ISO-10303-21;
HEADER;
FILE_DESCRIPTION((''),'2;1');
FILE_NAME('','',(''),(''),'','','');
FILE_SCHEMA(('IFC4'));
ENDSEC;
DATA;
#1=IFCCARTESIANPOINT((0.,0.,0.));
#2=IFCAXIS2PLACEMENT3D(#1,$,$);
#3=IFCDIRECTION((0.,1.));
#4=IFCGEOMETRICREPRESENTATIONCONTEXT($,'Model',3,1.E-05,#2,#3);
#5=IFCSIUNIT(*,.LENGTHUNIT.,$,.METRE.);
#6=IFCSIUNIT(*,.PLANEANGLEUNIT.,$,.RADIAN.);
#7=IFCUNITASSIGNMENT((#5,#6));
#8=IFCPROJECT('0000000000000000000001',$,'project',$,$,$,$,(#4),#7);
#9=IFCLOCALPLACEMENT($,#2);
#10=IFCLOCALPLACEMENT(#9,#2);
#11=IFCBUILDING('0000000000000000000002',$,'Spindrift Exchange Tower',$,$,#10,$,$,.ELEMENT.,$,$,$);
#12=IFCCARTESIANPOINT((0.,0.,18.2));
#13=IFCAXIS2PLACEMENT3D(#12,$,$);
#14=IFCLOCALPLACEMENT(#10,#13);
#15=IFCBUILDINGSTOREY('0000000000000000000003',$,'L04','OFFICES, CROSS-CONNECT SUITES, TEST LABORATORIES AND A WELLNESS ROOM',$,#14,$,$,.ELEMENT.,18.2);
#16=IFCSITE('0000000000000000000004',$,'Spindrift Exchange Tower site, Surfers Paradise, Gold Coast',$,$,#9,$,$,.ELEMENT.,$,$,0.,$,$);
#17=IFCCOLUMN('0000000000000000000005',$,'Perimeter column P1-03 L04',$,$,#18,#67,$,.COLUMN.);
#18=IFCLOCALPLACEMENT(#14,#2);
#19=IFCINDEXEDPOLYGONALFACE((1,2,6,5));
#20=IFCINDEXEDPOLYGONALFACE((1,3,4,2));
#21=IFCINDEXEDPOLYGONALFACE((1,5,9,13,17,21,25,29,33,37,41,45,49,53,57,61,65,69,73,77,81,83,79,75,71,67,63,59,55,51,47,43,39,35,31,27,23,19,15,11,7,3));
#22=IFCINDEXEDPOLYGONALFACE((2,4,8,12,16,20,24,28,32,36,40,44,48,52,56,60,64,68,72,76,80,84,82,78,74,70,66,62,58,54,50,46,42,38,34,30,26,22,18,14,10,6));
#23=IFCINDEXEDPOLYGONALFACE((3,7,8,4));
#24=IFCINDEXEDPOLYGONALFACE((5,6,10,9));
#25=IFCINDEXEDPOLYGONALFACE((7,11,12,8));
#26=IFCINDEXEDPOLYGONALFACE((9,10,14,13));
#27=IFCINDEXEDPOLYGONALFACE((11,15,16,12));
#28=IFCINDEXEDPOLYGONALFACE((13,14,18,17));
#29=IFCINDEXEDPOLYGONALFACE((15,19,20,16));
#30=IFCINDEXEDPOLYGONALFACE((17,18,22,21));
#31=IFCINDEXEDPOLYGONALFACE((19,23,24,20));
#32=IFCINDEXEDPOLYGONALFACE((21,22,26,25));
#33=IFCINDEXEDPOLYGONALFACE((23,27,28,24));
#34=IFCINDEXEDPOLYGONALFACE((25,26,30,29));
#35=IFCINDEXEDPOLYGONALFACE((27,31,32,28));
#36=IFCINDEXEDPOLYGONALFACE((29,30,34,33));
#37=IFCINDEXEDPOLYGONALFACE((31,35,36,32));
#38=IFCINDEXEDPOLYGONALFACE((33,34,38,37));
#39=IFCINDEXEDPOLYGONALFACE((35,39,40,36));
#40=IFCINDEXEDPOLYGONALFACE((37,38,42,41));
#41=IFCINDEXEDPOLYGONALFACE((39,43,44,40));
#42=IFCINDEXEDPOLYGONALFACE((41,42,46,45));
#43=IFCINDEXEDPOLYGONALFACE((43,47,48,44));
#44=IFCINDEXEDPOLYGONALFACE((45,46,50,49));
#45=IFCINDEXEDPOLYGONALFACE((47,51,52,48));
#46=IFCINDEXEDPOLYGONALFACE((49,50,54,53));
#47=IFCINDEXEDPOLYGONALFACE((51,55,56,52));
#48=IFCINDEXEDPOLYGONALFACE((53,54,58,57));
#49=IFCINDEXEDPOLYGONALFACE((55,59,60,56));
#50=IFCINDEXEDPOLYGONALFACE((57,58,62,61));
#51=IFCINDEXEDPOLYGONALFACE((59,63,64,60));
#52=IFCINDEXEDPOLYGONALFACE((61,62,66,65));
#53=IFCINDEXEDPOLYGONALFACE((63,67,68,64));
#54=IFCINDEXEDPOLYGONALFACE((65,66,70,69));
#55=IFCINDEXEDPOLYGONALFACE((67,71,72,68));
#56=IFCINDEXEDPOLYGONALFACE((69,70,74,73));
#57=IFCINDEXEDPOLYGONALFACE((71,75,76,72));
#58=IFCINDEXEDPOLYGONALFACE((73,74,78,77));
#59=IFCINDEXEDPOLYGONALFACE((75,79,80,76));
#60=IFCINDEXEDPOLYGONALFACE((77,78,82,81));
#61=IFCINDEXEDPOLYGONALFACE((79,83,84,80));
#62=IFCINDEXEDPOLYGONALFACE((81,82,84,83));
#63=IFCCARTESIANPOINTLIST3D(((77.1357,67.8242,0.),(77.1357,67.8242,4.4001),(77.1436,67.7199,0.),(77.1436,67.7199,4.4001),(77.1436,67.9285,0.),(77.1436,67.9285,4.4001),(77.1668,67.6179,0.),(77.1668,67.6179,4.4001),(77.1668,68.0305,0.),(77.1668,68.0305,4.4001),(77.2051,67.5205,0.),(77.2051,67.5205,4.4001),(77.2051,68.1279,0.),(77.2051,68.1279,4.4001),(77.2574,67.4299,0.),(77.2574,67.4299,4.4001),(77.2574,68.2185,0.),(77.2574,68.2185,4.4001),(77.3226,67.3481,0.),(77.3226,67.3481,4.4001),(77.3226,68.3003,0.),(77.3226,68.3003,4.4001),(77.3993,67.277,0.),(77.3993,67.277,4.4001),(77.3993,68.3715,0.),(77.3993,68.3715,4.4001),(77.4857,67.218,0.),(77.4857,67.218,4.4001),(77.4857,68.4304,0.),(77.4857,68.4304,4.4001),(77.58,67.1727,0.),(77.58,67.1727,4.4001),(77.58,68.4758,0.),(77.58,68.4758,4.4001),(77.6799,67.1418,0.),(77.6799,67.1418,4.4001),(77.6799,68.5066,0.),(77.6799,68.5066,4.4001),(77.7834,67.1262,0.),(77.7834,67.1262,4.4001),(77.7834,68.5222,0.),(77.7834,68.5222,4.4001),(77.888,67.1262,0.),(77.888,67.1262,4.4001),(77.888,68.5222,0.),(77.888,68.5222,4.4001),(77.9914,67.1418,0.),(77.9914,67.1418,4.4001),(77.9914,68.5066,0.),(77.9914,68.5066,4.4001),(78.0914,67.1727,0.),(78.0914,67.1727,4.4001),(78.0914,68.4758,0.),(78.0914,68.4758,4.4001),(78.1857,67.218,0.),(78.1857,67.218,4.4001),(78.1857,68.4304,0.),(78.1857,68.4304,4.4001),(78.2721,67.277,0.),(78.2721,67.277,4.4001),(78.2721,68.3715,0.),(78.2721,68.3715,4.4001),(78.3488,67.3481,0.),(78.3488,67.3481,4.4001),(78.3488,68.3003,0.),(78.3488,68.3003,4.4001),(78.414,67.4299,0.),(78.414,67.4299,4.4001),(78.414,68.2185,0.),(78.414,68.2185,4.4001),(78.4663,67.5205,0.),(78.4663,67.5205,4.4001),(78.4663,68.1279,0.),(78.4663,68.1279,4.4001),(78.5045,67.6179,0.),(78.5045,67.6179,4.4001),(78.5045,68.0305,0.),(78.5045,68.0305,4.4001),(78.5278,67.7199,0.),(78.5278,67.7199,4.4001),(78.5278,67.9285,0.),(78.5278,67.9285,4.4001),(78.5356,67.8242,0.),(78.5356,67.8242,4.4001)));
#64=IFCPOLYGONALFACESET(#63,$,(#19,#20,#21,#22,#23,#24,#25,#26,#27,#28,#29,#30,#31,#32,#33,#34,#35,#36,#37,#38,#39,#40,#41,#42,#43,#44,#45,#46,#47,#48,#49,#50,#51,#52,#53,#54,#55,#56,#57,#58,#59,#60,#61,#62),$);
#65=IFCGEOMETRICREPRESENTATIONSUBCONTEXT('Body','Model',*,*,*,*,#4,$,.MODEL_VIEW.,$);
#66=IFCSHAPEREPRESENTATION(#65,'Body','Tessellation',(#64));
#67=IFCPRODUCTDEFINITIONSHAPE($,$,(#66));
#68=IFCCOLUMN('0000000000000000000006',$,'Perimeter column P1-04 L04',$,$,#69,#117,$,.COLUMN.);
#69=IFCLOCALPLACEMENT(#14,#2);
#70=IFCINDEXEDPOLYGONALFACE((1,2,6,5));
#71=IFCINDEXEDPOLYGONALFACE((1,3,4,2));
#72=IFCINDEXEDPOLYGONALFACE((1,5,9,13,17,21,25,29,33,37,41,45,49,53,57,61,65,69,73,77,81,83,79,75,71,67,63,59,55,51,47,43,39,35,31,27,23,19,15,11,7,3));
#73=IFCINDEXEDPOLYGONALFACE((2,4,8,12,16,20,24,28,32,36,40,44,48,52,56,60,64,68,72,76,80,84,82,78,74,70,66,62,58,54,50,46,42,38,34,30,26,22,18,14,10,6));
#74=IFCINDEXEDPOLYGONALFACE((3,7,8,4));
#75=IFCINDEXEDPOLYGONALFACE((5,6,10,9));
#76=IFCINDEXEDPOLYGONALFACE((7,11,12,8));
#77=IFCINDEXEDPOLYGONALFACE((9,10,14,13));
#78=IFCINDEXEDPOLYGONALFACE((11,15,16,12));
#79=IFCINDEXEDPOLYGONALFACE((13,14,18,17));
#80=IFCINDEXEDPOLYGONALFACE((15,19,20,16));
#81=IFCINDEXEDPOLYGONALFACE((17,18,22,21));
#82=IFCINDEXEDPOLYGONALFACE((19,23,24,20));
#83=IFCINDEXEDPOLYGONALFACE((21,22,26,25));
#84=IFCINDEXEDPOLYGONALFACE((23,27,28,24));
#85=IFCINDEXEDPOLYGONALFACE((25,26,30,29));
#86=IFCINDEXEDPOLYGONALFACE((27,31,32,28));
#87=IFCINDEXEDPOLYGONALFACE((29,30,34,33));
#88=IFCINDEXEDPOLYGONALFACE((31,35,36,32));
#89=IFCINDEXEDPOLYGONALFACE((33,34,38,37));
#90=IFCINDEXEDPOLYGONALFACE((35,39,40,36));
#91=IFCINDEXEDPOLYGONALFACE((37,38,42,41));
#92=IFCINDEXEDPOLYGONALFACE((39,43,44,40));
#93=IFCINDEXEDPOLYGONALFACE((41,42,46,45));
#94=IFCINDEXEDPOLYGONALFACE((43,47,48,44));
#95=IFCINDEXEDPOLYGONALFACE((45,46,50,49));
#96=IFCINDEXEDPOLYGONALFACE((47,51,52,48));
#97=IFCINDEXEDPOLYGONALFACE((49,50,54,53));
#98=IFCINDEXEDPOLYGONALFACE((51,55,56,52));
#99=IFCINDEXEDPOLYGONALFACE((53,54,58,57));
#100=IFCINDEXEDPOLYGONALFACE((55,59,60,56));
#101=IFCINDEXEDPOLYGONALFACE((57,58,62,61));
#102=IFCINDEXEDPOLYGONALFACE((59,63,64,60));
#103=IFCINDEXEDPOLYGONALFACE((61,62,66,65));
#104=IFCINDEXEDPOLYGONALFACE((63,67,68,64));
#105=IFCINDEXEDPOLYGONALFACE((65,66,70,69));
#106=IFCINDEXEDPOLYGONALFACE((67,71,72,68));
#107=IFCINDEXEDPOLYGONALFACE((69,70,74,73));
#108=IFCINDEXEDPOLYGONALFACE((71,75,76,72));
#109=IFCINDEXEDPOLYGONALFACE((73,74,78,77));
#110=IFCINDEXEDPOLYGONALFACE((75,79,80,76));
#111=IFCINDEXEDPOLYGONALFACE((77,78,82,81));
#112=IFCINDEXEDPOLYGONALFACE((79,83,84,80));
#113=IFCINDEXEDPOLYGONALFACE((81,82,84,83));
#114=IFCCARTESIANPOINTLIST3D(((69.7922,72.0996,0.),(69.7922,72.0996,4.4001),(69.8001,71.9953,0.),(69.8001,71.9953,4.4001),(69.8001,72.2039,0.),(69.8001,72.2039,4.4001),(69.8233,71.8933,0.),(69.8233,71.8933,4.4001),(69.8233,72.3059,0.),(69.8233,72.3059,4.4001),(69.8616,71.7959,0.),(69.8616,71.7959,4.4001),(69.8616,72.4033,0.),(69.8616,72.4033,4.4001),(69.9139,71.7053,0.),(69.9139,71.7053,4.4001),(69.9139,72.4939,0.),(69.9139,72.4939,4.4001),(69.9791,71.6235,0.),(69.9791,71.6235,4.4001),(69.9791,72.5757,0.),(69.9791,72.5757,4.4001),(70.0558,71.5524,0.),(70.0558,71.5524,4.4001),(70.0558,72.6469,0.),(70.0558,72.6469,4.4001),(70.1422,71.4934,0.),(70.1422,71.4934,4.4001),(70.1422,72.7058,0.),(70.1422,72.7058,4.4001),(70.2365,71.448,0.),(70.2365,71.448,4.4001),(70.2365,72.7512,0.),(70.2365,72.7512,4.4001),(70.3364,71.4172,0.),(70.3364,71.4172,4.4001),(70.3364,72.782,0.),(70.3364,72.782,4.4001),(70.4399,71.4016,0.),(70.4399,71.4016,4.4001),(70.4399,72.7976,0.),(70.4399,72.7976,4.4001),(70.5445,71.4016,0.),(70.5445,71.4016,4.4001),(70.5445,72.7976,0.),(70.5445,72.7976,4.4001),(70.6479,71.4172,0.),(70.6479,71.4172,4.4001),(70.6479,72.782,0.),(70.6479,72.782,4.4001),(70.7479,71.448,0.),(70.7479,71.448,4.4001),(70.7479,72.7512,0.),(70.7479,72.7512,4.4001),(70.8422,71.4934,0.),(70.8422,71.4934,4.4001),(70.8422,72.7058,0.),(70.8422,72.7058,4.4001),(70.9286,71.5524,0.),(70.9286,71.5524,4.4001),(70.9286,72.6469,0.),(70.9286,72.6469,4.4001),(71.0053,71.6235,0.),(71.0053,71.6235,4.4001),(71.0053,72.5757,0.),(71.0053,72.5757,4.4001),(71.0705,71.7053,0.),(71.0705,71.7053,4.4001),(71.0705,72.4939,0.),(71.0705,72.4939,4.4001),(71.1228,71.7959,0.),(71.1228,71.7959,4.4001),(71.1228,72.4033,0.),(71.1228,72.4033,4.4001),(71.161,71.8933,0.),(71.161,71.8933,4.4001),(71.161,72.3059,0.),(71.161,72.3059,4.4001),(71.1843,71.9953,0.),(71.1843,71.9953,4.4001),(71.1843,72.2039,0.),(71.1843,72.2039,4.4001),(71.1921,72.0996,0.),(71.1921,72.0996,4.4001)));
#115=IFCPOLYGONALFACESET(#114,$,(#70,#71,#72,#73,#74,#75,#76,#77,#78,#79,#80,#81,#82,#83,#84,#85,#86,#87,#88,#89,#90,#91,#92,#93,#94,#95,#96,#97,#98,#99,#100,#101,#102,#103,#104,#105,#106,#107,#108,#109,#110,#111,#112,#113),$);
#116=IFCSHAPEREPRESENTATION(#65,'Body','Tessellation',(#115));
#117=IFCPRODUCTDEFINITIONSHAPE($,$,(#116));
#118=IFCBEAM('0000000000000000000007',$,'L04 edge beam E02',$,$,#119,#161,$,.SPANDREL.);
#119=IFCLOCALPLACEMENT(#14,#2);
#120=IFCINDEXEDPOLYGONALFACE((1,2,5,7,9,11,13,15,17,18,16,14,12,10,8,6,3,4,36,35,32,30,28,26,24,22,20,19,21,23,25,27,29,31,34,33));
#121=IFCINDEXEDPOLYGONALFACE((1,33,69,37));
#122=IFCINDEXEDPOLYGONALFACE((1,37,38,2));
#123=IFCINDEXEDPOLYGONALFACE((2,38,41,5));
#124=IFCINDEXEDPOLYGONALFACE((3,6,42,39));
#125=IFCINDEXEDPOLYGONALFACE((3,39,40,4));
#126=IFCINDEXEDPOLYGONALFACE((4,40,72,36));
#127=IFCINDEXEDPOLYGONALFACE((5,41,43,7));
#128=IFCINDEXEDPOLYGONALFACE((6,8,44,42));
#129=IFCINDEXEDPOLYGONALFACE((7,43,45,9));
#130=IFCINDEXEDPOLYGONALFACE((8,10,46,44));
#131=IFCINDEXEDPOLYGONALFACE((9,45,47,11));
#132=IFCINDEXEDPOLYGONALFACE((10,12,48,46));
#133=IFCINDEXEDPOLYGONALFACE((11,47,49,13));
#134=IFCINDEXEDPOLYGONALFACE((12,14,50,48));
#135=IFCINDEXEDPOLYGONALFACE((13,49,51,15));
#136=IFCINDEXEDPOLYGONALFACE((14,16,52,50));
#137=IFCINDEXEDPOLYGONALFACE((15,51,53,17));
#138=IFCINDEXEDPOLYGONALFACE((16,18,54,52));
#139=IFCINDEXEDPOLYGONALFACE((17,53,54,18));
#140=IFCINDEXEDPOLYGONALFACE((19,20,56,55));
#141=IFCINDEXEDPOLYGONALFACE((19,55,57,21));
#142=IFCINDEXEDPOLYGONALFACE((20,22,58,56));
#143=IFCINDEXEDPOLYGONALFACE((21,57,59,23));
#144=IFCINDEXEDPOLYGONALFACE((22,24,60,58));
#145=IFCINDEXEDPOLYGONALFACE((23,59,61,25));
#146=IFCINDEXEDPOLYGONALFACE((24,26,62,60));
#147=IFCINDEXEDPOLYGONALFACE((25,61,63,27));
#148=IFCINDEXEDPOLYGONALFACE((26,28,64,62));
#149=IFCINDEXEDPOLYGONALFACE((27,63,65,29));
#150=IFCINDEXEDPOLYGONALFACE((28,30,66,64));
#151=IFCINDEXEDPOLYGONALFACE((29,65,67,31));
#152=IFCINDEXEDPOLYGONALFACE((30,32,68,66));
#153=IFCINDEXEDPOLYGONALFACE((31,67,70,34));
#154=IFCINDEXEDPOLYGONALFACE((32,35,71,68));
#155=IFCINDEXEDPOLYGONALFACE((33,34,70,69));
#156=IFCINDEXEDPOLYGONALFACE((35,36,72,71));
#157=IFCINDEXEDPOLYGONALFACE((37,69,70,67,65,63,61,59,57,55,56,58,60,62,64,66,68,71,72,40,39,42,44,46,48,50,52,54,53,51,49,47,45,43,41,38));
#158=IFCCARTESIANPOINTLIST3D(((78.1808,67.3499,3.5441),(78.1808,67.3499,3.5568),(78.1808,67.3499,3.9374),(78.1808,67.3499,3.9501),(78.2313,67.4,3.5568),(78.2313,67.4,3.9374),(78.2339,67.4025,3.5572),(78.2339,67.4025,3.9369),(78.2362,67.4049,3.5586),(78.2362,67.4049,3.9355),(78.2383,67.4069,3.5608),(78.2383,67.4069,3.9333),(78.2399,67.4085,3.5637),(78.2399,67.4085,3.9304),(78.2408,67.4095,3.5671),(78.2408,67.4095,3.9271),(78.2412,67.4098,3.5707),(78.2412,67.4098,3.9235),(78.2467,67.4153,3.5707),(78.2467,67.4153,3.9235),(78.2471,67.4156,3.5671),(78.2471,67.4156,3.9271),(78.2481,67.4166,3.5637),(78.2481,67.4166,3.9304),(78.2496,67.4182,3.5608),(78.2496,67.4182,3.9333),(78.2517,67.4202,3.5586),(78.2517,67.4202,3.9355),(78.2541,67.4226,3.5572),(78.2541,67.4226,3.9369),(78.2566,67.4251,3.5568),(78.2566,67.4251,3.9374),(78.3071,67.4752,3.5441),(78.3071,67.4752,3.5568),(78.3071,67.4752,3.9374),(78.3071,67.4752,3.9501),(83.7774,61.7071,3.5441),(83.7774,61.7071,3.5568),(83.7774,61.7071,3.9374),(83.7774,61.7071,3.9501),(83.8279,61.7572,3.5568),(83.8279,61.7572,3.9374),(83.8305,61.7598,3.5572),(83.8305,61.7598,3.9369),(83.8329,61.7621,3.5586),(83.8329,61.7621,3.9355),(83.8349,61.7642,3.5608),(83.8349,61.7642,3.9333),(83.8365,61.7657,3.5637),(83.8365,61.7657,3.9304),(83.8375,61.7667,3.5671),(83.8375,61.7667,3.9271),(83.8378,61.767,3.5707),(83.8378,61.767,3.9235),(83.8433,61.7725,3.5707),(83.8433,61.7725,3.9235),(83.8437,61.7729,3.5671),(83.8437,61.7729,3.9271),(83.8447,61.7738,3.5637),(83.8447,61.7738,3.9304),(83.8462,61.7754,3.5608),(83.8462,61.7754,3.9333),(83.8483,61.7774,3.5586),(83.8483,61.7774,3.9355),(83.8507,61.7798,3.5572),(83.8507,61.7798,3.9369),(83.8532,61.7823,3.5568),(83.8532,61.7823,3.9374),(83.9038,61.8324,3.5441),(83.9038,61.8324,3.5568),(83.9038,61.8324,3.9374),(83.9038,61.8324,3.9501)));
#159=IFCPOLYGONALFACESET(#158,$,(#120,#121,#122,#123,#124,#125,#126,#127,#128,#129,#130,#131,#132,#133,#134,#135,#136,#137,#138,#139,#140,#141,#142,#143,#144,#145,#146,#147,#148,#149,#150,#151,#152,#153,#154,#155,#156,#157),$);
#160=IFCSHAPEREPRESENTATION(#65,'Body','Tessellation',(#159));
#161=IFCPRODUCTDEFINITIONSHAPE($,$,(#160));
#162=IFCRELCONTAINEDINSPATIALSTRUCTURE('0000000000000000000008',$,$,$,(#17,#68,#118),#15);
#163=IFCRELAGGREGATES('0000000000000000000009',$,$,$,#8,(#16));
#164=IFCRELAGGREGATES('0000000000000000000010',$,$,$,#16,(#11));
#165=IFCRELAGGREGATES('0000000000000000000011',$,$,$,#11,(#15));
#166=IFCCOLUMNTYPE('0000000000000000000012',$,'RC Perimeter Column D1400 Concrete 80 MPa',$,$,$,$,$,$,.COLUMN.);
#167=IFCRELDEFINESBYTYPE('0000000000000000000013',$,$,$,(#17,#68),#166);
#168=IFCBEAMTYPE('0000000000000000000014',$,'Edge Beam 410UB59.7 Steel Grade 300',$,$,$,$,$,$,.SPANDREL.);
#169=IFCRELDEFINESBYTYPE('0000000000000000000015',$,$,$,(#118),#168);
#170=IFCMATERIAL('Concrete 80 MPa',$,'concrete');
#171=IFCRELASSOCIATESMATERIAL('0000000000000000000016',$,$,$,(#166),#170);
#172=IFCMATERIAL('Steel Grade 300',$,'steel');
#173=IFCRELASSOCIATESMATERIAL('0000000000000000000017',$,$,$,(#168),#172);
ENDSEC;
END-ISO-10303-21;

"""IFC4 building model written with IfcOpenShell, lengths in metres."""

from ifc_helpers import new_model, si_unit, direction, frame, origin, origin_2d, place, context, subcontext, project, spatial, circle, i_section, extrude, source, transform, mapped, material, material_profile, profile_set, type_object, element, save


model = new_model("IFC4")

# Units and contexts
model_context = context("Model", 3, precision=1e-05, world=origin(), true_north=direction((0.0, 1.0)))
body_context = subcontext(model_context, "Body", "Model", "MODEL_VIEW")
ifc_project = project(units=[si_unit("LENGTHUNIT", "METRE"), si_unit("PLANEANGLEUNIT", "RADIAN")], contexts=[model_context])

# Site, building, storey
site_placement = place(None, origin())
site = spatial("IfcSite", under=ifc_project, at=site_placement, Name="Spindrift Exchange Tower site, Surfers Paradise, Gold Coast", CompositionType="ELEMENT", RefElevation=0.0)
building_placement = place(site_placement, origin())
building = spatial("IfcBuilding", under=site, at=building_placement, Name="Spindrift Exchange Tower", CompositionType="ELEMENT")
storey_placement = place(building_placement, frame((0.0, 0.0, 18.2)))
storey = spatial("IfcBuildingStorey", under=building, at=storey_placement, Name="L04", Description="OFFICES, CROSS-CONNECT SUITES, TEST LABORATORIES AND A WELLNESS ROOM", CompositionType="ELEMENT", Elevation=18.2)

# Columns
ifc_material_1 = material(Name="Concrete 80 MPa", Category="concrete")
ifc_material_profile_1 = material_profile(ifc_material_1, circle(Radius=0.7, at=origin_2d()), Name="RC D1400")
ifc_profile_set_1 = profile_set([ifc_material_profile_1], Name="Concrete 80 MPa")
column_type = type_object("IfcColumnType", Name="RC Perimeter Column D1400 Concrete 80 MPa", PredefinedType="COLUMN", material=ifc_profile_set_1)
shared_shape_1 = source(origin(), body_context, "Body", "SweptSolid", [
    extrude(circle(Radius=0.7, at=origin_2d()), origin(), (0.0, 0.0, 1.0), 4.4001),
])
for number, where, z_axis, x_axis, name in (
    (1, (77.8357, 67.8242, 0.0), (0.0, 0.0, 1.0), (1.0, 0.0, 0.0), "Perimeter column P1-03 L04"),
    (2, (70.4922, 72.0996, 0.0), (0.0, 0.0, 1.0), (1.0, 0.0, 0.0), "Perimeter column P1-04 L04"),
):
    element("IfcColumn", number, at=place(storey_placement, frame(where, z_axis=z_axis, x_axis=x_axis)), inside=storey, type_object=column_type, Name=name, PredefinedType="COLUMN", context=body_context, shape_type="MappedRepresentation", body=[
        mapped(shared_shape_1, transform((0.0, 0.0, 0.0), scale=1.0)),
    ])

# Beam
ifc_material_2 = material(Name="Steel Grade 300", Category="steel")
ifc_material_profile_2 = material_profile(ifc_material_2, i_section(OverallWidth=0.178, OverallDepth=0.406, WebThickness=0.0078, FlangeThickness=0.0127, FilletRadius=0.0139, at=origin_2d()), Name="410UB59.7")
ifc_profile_set_2 = profile_set([ifc_material_profile_2], Name="Steel Grade 300")
beam_type_1 = type_object("IfcBeamType", Name="Edge Beam 410UB59.7 Steel Grade 300", PredefinedType="SPANDREL", material=ifc_profile_set_2)
shared_shape_2 = source(origin(), body_context, "Body", "SweptSolid", [
    extrude(i_section(OverallWidth=0.178, OverallDepth=0.406, WebThickness=0.0078, FlangeThickness=0.0127, FilletRadius=0.0139, at=origin_2d()), origin(), (0.0, 0.0, 1.0), 7.9475),
])
beam_1_placement = place(storey_placement, frame((83.8406, 61.7698, 3.7471), z_axis=(-0.704198, 0.710004, 0.0), x_axis=(-0.710004, -0.704198, 0.0)))
element("IfcBeam", 3, at=beam_1_placement, inside=storey, type_object=beam_type_1, Name="L04 edge beam E02", PredefinedType="SPANDREL", context=body_context, shape_type="MappedRepresentation", body=[
    mapped(shared_shape_2, transform((0.0, 0.0, 0.0), scale=1.0)),
])

save(model, "model.ifc")
